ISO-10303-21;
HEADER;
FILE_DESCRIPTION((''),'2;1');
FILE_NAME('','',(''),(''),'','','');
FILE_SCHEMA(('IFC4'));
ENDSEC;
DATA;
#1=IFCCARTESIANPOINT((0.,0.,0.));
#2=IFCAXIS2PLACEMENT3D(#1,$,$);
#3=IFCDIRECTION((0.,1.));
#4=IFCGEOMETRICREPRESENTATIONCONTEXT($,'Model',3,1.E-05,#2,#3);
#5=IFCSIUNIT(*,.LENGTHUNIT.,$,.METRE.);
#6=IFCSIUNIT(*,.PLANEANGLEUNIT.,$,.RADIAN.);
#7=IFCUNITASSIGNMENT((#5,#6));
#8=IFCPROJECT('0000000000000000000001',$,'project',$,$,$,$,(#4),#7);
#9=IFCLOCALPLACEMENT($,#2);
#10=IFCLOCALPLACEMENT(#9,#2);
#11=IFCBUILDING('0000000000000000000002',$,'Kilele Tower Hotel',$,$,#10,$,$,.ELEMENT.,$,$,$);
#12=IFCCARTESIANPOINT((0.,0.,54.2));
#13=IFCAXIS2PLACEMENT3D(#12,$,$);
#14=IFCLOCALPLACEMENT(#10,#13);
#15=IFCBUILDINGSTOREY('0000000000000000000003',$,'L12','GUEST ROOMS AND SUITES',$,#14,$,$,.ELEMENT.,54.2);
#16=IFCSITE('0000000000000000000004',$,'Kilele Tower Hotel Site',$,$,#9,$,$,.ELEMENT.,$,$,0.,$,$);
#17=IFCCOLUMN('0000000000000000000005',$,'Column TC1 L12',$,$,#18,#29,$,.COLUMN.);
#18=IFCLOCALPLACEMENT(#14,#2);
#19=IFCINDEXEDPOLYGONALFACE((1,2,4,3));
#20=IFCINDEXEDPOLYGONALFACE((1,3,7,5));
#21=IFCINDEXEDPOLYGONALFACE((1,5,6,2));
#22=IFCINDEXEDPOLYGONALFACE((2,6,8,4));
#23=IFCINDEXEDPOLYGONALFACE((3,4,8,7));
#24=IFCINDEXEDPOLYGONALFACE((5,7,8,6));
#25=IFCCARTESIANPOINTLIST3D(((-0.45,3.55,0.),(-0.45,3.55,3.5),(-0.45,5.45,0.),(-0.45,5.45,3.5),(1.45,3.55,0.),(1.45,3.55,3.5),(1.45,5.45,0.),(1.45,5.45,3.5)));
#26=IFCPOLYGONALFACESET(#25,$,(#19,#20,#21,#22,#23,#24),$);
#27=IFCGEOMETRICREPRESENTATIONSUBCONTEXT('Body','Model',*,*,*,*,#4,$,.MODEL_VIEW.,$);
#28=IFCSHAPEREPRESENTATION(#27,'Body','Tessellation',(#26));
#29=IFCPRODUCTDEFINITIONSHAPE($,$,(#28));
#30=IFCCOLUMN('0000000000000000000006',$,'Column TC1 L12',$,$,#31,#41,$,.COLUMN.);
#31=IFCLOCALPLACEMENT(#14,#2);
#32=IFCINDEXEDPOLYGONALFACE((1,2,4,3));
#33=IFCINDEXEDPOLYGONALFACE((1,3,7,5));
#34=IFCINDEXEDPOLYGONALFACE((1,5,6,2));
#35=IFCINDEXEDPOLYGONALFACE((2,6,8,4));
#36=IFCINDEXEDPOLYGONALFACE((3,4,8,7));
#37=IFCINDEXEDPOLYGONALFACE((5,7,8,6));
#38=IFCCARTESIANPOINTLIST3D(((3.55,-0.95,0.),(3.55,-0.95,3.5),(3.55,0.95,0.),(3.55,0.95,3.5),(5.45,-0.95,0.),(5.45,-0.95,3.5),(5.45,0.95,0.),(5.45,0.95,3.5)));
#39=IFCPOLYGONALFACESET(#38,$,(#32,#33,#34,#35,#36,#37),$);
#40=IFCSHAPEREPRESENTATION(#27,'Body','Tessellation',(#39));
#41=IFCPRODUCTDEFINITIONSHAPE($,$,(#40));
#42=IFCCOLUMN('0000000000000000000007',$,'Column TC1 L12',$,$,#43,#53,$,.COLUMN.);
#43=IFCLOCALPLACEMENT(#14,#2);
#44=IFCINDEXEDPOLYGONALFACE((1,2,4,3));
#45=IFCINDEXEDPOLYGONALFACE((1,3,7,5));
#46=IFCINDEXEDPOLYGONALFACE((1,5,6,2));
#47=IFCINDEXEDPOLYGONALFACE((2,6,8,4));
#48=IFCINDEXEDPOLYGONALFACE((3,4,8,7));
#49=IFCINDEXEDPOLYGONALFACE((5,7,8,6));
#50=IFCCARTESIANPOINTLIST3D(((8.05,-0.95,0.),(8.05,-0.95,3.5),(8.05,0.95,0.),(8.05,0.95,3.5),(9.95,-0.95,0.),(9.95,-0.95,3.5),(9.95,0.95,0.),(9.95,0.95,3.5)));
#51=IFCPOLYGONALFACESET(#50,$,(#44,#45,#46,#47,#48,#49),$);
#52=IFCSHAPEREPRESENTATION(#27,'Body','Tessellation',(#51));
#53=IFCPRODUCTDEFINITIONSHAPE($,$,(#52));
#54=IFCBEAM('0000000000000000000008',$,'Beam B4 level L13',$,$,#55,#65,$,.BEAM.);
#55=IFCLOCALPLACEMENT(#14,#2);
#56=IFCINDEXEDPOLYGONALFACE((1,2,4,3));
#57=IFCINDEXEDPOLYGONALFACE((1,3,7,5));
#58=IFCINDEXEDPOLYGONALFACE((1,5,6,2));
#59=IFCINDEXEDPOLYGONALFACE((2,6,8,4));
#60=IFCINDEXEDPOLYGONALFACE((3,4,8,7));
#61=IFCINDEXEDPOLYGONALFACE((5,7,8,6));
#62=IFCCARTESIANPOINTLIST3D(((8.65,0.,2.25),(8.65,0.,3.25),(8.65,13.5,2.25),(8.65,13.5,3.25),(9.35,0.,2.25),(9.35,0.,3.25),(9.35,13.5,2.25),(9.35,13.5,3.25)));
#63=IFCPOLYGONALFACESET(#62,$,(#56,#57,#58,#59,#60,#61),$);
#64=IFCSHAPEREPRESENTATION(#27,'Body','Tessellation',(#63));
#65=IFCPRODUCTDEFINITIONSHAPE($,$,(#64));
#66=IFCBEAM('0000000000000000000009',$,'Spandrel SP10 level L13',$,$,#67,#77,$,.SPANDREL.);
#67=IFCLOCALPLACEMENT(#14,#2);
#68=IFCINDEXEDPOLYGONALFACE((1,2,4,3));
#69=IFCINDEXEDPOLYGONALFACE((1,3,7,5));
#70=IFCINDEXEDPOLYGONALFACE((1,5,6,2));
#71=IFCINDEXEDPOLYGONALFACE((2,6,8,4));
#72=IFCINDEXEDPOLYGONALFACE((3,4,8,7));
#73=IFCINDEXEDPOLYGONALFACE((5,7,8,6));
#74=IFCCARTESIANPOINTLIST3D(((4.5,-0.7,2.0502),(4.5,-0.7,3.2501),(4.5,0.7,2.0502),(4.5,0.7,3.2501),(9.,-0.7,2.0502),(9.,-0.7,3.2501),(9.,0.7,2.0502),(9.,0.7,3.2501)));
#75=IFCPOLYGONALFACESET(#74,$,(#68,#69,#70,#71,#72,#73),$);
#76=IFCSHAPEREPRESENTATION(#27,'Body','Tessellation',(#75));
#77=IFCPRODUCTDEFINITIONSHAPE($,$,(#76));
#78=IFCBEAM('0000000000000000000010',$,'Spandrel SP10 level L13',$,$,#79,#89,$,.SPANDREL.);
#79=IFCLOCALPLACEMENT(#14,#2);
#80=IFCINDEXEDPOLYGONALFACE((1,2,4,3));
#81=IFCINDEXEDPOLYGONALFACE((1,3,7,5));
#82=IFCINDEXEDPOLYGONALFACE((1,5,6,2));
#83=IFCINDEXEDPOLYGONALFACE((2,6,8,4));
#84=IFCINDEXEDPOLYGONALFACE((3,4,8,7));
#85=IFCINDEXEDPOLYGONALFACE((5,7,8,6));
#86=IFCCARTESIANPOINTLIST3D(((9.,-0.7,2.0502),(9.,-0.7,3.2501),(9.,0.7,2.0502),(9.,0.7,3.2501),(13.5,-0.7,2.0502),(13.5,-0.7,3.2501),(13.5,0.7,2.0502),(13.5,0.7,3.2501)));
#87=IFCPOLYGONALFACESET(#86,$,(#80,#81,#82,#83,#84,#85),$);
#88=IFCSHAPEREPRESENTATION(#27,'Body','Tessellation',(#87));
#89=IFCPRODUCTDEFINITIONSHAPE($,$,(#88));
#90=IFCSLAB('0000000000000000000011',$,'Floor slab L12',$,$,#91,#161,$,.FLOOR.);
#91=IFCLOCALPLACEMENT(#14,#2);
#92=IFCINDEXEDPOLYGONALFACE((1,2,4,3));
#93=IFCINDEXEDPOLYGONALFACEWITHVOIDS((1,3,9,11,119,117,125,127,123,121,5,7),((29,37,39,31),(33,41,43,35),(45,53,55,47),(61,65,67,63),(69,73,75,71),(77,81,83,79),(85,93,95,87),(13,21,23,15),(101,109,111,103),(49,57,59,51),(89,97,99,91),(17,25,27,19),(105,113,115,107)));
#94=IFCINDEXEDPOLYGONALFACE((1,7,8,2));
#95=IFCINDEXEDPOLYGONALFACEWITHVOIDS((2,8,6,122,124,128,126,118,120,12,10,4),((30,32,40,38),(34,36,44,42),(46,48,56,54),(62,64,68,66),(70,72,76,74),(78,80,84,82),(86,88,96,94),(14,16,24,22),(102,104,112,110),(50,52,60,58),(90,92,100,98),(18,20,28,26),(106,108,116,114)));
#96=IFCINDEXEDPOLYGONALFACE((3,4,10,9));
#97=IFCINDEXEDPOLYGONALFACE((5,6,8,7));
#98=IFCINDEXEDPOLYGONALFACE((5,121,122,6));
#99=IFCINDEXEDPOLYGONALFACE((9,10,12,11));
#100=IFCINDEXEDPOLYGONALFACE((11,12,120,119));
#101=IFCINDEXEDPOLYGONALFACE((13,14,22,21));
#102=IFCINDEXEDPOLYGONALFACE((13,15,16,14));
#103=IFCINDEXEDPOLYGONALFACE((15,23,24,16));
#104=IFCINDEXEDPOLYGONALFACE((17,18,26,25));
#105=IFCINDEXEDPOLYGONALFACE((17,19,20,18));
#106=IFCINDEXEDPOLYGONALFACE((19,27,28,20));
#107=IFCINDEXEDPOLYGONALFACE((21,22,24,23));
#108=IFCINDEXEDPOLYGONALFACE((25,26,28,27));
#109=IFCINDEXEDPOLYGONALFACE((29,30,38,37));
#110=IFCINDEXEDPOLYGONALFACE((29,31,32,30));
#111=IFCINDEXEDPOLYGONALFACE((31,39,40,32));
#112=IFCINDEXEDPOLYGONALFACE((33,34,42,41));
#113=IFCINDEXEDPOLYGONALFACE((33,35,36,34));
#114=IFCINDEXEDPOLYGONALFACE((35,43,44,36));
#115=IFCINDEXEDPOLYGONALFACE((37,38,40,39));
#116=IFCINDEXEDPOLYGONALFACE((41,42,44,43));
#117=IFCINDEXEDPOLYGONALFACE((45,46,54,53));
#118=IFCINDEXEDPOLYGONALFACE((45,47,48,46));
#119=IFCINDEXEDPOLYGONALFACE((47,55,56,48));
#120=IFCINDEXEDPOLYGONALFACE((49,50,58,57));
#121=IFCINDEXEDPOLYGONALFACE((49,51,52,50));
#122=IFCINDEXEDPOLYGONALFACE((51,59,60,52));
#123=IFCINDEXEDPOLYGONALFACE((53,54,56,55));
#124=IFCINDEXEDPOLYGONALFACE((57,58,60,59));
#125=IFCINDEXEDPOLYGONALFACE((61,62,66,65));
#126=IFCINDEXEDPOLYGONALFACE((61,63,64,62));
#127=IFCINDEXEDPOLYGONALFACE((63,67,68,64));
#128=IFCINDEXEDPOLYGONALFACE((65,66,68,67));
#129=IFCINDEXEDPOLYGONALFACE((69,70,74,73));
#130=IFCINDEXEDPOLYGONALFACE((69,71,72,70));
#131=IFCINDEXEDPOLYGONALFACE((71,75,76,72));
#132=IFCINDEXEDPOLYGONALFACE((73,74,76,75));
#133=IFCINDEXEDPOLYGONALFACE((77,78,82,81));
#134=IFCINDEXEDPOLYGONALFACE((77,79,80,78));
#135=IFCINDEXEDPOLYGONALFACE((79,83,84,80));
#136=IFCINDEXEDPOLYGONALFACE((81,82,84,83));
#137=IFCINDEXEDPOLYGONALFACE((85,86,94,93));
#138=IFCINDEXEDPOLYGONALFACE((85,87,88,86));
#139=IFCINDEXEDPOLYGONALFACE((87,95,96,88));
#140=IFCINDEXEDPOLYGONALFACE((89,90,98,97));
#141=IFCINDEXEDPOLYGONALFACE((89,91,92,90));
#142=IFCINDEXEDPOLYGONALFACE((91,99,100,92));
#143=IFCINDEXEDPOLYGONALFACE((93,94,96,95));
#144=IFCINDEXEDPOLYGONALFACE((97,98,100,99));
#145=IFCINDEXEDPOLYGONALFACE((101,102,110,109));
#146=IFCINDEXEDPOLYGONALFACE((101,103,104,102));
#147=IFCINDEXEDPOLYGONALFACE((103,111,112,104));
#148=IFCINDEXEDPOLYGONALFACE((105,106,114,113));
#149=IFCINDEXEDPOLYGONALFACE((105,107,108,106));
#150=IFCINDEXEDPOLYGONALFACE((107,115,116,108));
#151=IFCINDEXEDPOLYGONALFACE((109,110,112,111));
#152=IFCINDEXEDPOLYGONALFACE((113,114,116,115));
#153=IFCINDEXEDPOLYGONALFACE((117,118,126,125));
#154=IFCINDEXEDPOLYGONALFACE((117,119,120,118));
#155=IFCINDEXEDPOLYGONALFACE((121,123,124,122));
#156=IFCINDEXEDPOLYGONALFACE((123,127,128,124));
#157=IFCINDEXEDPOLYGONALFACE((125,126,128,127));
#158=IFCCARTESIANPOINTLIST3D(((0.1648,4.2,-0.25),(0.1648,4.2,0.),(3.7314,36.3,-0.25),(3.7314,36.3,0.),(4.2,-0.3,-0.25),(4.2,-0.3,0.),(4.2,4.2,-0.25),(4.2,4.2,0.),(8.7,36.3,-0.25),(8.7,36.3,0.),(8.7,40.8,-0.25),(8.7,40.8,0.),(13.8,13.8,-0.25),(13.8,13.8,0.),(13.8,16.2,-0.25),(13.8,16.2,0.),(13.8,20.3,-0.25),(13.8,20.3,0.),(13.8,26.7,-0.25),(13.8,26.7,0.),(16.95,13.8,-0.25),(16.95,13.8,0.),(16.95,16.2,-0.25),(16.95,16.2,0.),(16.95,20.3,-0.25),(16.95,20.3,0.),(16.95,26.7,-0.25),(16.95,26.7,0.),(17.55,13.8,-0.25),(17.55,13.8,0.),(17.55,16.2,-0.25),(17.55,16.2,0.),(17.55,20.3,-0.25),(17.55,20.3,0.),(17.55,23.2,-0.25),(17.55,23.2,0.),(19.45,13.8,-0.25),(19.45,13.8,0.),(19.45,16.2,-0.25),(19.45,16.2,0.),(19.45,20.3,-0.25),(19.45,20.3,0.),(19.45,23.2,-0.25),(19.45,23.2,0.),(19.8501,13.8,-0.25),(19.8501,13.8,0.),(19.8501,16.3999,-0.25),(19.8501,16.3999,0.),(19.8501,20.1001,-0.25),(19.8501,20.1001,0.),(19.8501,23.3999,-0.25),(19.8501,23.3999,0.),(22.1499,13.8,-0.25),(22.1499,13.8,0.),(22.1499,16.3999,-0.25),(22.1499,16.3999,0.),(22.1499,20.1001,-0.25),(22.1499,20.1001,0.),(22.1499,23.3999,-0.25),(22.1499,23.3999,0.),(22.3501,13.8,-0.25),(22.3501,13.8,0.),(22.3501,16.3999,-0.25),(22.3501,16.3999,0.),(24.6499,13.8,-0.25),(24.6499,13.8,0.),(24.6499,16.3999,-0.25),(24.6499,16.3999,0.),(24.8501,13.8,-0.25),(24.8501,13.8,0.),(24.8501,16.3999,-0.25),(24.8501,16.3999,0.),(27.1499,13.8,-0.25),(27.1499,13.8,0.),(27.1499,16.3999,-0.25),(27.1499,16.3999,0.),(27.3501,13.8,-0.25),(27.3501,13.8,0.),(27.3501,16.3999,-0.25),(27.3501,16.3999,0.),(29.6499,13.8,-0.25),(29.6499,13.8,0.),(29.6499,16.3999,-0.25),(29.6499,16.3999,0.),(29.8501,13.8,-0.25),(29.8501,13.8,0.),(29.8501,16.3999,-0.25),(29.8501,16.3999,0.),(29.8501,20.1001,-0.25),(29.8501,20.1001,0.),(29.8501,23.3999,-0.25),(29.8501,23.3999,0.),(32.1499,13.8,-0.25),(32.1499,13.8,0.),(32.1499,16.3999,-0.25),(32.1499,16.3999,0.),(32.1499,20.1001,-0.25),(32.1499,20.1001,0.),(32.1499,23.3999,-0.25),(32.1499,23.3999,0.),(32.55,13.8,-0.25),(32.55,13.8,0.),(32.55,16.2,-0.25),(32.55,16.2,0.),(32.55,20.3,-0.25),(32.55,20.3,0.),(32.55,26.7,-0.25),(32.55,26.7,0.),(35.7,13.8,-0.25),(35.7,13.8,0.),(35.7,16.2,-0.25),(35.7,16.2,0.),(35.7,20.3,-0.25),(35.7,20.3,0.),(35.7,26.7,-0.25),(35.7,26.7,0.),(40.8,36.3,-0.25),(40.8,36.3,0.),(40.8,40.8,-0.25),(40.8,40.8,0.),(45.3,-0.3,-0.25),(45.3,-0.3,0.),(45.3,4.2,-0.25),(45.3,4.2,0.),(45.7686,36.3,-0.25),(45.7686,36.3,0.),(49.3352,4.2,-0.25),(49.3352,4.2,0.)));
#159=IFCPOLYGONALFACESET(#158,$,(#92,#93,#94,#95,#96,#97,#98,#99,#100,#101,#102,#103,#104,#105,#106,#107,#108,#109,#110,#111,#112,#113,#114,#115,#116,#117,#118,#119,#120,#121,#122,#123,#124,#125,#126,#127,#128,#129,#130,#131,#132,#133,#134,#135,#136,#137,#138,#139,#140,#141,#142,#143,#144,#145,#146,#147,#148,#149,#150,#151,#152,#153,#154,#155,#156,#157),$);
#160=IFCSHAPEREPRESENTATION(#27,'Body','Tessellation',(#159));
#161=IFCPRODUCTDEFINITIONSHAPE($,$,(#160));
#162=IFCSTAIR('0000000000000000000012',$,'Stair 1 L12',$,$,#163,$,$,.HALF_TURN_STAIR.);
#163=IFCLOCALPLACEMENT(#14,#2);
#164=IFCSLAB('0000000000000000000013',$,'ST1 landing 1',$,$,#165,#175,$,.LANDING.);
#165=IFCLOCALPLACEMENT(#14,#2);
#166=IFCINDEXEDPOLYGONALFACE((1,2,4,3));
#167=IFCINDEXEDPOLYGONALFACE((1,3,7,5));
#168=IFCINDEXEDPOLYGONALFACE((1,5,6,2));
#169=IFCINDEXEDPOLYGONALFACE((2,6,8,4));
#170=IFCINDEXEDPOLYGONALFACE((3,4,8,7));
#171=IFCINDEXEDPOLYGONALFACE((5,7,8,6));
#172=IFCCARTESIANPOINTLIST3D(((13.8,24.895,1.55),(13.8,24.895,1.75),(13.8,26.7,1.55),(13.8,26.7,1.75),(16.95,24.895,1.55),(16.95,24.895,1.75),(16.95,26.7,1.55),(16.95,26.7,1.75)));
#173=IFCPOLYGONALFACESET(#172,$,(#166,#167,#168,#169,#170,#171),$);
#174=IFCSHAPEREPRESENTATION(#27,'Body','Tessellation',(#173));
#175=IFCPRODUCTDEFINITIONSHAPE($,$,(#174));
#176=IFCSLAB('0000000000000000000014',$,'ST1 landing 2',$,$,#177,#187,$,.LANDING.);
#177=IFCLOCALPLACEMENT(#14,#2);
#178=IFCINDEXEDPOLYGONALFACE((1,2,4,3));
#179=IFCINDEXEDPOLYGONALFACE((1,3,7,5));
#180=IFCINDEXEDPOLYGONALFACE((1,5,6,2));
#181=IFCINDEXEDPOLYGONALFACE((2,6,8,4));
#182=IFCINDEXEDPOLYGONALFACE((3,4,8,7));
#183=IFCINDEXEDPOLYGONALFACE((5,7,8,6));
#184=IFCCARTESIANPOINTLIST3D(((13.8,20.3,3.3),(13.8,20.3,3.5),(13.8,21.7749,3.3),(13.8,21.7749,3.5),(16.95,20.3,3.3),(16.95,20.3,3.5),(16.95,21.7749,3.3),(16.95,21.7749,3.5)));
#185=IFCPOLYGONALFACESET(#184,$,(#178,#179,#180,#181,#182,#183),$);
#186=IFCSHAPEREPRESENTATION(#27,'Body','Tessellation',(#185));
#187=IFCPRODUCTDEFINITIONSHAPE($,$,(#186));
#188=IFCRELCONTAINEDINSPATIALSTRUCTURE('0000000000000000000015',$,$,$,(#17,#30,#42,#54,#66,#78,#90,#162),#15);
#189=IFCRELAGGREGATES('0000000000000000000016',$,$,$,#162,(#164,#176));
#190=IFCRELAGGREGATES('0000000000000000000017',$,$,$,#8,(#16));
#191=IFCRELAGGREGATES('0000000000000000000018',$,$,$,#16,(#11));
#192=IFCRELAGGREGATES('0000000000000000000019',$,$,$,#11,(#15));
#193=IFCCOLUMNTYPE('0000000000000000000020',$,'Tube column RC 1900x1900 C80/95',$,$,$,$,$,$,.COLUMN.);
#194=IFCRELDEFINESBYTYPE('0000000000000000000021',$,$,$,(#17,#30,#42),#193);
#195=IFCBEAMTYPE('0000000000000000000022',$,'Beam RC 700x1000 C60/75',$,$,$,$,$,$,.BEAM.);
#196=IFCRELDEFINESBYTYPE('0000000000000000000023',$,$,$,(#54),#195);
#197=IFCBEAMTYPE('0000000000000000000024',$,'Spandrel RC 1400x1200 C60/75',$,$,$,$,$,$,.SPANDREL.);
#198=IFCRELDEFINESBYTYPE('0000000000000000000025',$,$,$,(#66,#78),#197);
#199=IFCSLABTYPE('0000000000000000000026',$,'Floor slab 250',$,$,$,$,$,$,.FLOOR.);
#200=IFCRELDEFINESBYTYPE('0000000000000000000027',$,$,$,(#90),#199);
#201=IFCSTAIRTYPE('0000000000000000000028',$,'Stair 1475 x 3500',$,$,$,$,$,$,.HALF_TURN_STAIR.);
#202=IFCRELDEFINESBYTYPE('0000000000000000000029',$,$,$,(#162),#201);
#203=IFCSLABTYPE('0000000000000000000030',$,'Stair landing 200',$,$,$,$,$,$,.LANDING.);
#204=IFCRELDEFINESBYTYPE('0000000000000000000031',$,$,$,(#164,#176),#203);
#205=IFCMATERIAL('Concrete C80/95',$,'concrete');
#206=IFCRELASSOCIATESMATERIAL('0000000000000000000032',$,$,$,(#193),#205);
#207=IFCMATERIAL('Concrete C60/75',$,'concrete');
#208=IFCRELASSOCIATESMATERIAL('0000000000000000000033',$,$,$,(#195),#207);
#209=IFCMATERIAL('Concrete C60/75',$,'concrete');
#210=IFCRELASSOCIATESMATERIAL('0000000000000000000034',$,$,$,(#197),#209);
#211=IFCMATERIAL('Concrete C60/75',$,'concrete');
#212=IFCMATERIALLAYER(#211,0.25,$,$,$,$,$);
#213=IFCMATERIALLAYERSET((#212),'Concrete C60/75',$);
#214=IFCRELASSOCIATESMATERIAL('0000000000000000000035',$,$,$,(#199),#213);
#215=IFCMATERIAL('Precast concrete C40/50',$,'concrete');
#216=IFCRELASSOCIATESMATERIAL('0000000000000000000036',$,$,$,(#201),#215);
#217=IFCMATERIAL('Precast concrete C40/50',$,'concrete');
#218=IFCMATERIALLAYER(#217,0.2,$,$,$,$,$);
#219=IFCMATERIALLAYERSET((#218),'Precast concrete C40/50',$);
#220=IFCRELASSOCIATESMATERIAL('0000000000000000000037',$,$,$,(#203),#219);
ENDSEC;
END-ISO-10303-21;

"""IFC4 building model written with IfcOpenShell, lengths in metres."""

from ifc_helpers import new_model, si_unit, direction, frame, origin, origin_2d, place, context, subcontext, project, spatial, polyline, rectangle, outline, extrude, material, layer, layer_set, material_profile, profile_set, type_object, element, aggregate, save


model = new_model("IFC4")

# Units and contexts
model_context = context("Model", 3, precision=1e-05, world=origin(), true_north=direction((0.0, 1.0)))
body_context = subcontext(model_context, "Body", "Model", "MODEL_VIEW")
ifc_project = project(units=[si_unit("LENGTHUNIT", "METRE"), si_unit("PLANEANGLEUNIT", "RADIAN")], contexts=[model_context])

# Site, building, storey
site_placement = place(None, origin())
site = spatial("IfcSite", under=ifc_project, at=site_placement, Name="Kilele Tower Hotel Site", CompositionType="ELEMENT", RefElevation=0.0)
building_placement = place(site_placement, origin())
building = spatial("IfcBuilding", under=site, at=building_placement, Name="Kilele Tower Hotel", CompositionType="ELEMENT")
storey_placement = place(building_placement, frame((0.0, 0.0, 54.2)))
storey = spatial("IfcBuildingStorey", under=building, at=storey_placement, Name="L12", Description="GUEST ROOMS AND SUITES", CompositionType="ELEMENT", Elevation=54.2)

# Columns
ifc_material_1 = material(Name="Concrete C80/95", Category="concrete")
ifc_material_profile_1 = material_profile(ifc_material_1, rectangle(XDim=1.8999, YDim=1.8999, at=origin_2d()))
ifc_profile_set_1 = profile_set([ifc_material_profile_1], Name="Concrete C80/95")
column_type = type_object("IfcColumnType", Name="Tube column RC 1900x1900 C80/95", PredefinedType="COLUMN", material=ifc_profile_set_1)
for number, where, z_axis, x_axis, name in (
    (1, (0.5, 4.5, 0.0), (0.0, 0.0, 1.0), (1.0, 0.0, 0.0), "Column TC1 L12"),
    (2, (4.5, 0.0, 0.0), (0.0, 0.0, 1.0), (1.0, 0.0, 0.0), "Column TC1 L12"),
    (3, (9.0, 0.0, 0.0), (0.0, 0.0, 1.0), (1.0, 0.0, 0.0), "Column TC1 L12"),
):
    element("IfcColumn", number, at=place(storey_placement, frame(where, z_axis=z_axis, x_axis=x_axis)), inside=storey, type_object=column_type, Name=name, PredefinedType="COLUMN", context=body_context, shape_type="SweptSolid", body=[
        extrude(rectangle(XDim=1.8999, YDim=1.8999, at=origin_2d()), origin(), (0.0, 0.0, 1.0), 3.5),
    ])

# Beams
ifc_material_2 = material(Name="Concrete C60/75", Category="concrete")
ifc_material_profile_2 = material_profile(ifc_material_2, rectangle(XDim=0.7, YDim=1.0, at=origin_2d()))
ifc_profile_set_2 = profile_set([ifc_material_profile_2], Name="Concrete C60/75")
beam_type_1 = type_object("IfcBeamType", Name="Beam RC 700x1000 C60/75", PredefinedType="BEAM", material=ifc_profile_set_2)
beam_placement = place(storey_placement, frame((9.0, 0.0, 2.75), z_axis=(0.0, 1.0, 0.0), x_axis=(-1.0, 0.0, 0.0)))
element("IfcBeam", 4, at=beam_placement, inside=storey, type_object=beam_type_1, Name="Beam B4 level L13", PredefinedType="BEAM", context=body_context, shape_type="SweptSolid", body=[
    extrude(rectangle(XDim=0.7, YDim=1.0, at=origin_2d()), origin(), (0.0, 0.0, 1.0), 13.5),
])
ifc_material_3 = material(Name="Concrete C60/75", Category="concrete")
ifc_material_profile_3 = material_profile(ifc_material_3, rectangle(XDim=1.3999, YDim=1.2, at=origin_2d()))
ifc_profile_set_3 = profile_set([ifc_material_profile_3], Name="Concrete C60/75")
beam_type_2 = type_object("IfcBeamType", Name="Spandrel RC 1400x1200 C60/75", PredefinedType="SPANDREL", material=ifc_profile_set_3)
for number, where, z_axis, x_axis, name in (
    (5, (4.5, 0.0, 2.6501), (1.0, 0.0, 0.0), (0.0, 1.0, 0.0), "Spandrel SP10 level L13"),
    (6, (9.0, 0.0, 2.6501), (1.0, 0.0, 0.0), (0.0, 1.0, 0.0), "Spandrel SP10 level L13"),
):
    element("IfcBeam", number, at=place(storey_placement, frame(where, z_axis=z_axis, x_axis=x_axis)), inside=storey, type_object=beam_type_2, Name=name, PredefinedType="SPANDREL", context=body_context, shape_type="SweptSolid", body=[
        extrude(rectangle(XDim=1.3999, YDim=1.2, at=origin_2d()), origin(), (0.0, 0.0, 1.0), 4.5),
    ])

# Slab
ifc_material_4 = material(Name="Concrete C60/75", Category="concrete")
ifc_layer_1 = layer(ifc_material_4, 0.25)
ifc_layer_set_1 = layer_set([ifc_layer_1], Name="Concrete C60/75")
slab_type_1 = type_object("IfcSlabType", Name="Floor slab 250", PredefinedType="FLOOR", material=ifc_layer_set_1)
slab_1_placement = place(storey_placement, frame((0.0, 0.0, -0.25)))
element("IfcSlab", 7, at=slab_1_placement, inside=storey, type_object=slab_type_1, Name="Floor slab L12", PredefinedType="FLOOR", context=body_context, shape_type="SweptSolid", body=[
    extrude(outline(polyline([(8.7, 36.3), (8.7, 40.8), (40.8, 40.8), (40.8, 36.3), (45.7686, 36.3), (49.3352, 4.2), (45.3, 4.2), (45.3, -0.3), (4.2, -0.3), (4.2, 4.2), (0.1648, 4.2), (3.7314, 36.3), (8.7, 36.3)]), holes=[polyline([(16.95, 16.2), (13.8, 16.2), (13.8, 13.8), (16.95, 13.8), (16.95, 16.2)]), polyline([(19.45, 13.8), (19.45, 16.2), (17.55, 16.2), (17.55, 13.8), (19.45, 13.8)]), polyline([(22.1499, 13.8), (22.1499, 16.3999), (19.8501, 16.3999), (19.8501, 13.8), (22.1499, 13.8)]), polyline([(24.6499, 16.3999), (22.3501, 16.3999), (22.3501, 13.8), (24.6499, 13.8), (24.6499, 16.3999)]), polyline([(19.45, 20.3), (19.45, 23.2), (17.55, 23.2), (17.55, 20.3), (19.45, 20.3)]), polyline([(22.1499, 20.1001), (22.1499, 23.3999), (19.8501, 23.3999), (19.8501, 20.1001), (22.1499, 20.1001)]), polyline([(16.95, 26.7), (13.8, 26.7), (13.8, 20.3), (16.95, 20.3), (16.95, 26.7)]), polyline([(35.7, 13.8), (35.7, 16.2), (32.55, 16.2), (32.55, 13.8), (35.7, 13.8)]), polyline([(27.1499, 13.8), (27.1499, 16.3999), (24.8501, 16.3999), (24.8501, 13.8), (27.1499, 13.8)]), polyline([(29.6499, 13.8), (29.6499, 16.3999), (27.3501, 16.3999), (27.3501, 13.8), (29.6499, 13.8)]), polyline([(32.1499, 13.8), (32.1499, 16.3999), (29.8501, 16.3999), (29.8501, 13.8), (32.1499, 13.8)]), polyline([(32.1499, 20.1001), (32.1499, 23.3999), (29.8501, 23.3999), (29.8501, 20.1001), (32.1499, 20.1001)]), polyline([(35.7, 20.3), (35.7, 26.7), (32.55, 26.7), (32.55, 20.3), (35.7, 20.3)])]), origin(), (0.0, 0.0, 1.0), 0.25),
])

# Stair, slabs
ifc_material_5 = material(Name="Precast concrete C40/50", Category="concrete")
stair_type = type_object("IfcStairType", Name="Stair 1475 x 3500", PredefinedType="HALF_TURN_STAIR", material=ifc_material_5)
stair_1_placement = place(storey_placement, origin())
stair_1 = element("IfcStair", 8, at=stair_1_placement, inside=storey, type_object=stair_type, Name="Stair 1 L12", PredefinedType="HALF_TURN_STAIR")
ifc_material_6 = material(Name="Precast concrete C40/50", Category="concrete")
ifc_layer_2 = layer(ifc_material_6, 0.2)
ifc_layer_set_2 = layer_set([ifc_layer_2], Name="Precast concrete C40/50")
slab_type_2 = type_object("IfcSlabType", Name="Stair landing 200", PredefinedType="LANDING", material=ifc_layer_set_2)
slab_2_placement = place(storey_placement, frame((0.0, 0.0, 1.55)))
slab_2 = element("IfcSlab", 9, at=slab_2_placement, type_object=slab_type_2, Name="ST1 landing 1", PredefinedType="LANDING", context=body_context, shape_type="SweptSolid", body=[
    extrude(outline(polyline([(13.8, 24.895), (16.95, 24.895), (16.95, 26.7), (13.8, 26.7), (13.8, 24.895)])), origin(), (0.0, 0.0, 1.0), 0.2),
])
slab_3_placement = place(storey_placement, frame((0.0, 0.0, 3.3)))
slab_3 = element("IfcSlab", 10, at=slab_3_placement, type_object=slab_type_2, Name="ST1 landing 2", PredefinedType="LANDING", context=body_context, shape_type="SweptSolid", body=[
    extrude(outline(polyline([(13.8, 20.3), (16.95, 20.3), (16.95, 21.7749), (13.8, 21.7749), (13.8, 20.3)])), origin(), (0.0, 0.0, 1.0), 0.2),
])
aggregate(stair_1, [slab_2, slab_3])

save(model, "model.ifc")
